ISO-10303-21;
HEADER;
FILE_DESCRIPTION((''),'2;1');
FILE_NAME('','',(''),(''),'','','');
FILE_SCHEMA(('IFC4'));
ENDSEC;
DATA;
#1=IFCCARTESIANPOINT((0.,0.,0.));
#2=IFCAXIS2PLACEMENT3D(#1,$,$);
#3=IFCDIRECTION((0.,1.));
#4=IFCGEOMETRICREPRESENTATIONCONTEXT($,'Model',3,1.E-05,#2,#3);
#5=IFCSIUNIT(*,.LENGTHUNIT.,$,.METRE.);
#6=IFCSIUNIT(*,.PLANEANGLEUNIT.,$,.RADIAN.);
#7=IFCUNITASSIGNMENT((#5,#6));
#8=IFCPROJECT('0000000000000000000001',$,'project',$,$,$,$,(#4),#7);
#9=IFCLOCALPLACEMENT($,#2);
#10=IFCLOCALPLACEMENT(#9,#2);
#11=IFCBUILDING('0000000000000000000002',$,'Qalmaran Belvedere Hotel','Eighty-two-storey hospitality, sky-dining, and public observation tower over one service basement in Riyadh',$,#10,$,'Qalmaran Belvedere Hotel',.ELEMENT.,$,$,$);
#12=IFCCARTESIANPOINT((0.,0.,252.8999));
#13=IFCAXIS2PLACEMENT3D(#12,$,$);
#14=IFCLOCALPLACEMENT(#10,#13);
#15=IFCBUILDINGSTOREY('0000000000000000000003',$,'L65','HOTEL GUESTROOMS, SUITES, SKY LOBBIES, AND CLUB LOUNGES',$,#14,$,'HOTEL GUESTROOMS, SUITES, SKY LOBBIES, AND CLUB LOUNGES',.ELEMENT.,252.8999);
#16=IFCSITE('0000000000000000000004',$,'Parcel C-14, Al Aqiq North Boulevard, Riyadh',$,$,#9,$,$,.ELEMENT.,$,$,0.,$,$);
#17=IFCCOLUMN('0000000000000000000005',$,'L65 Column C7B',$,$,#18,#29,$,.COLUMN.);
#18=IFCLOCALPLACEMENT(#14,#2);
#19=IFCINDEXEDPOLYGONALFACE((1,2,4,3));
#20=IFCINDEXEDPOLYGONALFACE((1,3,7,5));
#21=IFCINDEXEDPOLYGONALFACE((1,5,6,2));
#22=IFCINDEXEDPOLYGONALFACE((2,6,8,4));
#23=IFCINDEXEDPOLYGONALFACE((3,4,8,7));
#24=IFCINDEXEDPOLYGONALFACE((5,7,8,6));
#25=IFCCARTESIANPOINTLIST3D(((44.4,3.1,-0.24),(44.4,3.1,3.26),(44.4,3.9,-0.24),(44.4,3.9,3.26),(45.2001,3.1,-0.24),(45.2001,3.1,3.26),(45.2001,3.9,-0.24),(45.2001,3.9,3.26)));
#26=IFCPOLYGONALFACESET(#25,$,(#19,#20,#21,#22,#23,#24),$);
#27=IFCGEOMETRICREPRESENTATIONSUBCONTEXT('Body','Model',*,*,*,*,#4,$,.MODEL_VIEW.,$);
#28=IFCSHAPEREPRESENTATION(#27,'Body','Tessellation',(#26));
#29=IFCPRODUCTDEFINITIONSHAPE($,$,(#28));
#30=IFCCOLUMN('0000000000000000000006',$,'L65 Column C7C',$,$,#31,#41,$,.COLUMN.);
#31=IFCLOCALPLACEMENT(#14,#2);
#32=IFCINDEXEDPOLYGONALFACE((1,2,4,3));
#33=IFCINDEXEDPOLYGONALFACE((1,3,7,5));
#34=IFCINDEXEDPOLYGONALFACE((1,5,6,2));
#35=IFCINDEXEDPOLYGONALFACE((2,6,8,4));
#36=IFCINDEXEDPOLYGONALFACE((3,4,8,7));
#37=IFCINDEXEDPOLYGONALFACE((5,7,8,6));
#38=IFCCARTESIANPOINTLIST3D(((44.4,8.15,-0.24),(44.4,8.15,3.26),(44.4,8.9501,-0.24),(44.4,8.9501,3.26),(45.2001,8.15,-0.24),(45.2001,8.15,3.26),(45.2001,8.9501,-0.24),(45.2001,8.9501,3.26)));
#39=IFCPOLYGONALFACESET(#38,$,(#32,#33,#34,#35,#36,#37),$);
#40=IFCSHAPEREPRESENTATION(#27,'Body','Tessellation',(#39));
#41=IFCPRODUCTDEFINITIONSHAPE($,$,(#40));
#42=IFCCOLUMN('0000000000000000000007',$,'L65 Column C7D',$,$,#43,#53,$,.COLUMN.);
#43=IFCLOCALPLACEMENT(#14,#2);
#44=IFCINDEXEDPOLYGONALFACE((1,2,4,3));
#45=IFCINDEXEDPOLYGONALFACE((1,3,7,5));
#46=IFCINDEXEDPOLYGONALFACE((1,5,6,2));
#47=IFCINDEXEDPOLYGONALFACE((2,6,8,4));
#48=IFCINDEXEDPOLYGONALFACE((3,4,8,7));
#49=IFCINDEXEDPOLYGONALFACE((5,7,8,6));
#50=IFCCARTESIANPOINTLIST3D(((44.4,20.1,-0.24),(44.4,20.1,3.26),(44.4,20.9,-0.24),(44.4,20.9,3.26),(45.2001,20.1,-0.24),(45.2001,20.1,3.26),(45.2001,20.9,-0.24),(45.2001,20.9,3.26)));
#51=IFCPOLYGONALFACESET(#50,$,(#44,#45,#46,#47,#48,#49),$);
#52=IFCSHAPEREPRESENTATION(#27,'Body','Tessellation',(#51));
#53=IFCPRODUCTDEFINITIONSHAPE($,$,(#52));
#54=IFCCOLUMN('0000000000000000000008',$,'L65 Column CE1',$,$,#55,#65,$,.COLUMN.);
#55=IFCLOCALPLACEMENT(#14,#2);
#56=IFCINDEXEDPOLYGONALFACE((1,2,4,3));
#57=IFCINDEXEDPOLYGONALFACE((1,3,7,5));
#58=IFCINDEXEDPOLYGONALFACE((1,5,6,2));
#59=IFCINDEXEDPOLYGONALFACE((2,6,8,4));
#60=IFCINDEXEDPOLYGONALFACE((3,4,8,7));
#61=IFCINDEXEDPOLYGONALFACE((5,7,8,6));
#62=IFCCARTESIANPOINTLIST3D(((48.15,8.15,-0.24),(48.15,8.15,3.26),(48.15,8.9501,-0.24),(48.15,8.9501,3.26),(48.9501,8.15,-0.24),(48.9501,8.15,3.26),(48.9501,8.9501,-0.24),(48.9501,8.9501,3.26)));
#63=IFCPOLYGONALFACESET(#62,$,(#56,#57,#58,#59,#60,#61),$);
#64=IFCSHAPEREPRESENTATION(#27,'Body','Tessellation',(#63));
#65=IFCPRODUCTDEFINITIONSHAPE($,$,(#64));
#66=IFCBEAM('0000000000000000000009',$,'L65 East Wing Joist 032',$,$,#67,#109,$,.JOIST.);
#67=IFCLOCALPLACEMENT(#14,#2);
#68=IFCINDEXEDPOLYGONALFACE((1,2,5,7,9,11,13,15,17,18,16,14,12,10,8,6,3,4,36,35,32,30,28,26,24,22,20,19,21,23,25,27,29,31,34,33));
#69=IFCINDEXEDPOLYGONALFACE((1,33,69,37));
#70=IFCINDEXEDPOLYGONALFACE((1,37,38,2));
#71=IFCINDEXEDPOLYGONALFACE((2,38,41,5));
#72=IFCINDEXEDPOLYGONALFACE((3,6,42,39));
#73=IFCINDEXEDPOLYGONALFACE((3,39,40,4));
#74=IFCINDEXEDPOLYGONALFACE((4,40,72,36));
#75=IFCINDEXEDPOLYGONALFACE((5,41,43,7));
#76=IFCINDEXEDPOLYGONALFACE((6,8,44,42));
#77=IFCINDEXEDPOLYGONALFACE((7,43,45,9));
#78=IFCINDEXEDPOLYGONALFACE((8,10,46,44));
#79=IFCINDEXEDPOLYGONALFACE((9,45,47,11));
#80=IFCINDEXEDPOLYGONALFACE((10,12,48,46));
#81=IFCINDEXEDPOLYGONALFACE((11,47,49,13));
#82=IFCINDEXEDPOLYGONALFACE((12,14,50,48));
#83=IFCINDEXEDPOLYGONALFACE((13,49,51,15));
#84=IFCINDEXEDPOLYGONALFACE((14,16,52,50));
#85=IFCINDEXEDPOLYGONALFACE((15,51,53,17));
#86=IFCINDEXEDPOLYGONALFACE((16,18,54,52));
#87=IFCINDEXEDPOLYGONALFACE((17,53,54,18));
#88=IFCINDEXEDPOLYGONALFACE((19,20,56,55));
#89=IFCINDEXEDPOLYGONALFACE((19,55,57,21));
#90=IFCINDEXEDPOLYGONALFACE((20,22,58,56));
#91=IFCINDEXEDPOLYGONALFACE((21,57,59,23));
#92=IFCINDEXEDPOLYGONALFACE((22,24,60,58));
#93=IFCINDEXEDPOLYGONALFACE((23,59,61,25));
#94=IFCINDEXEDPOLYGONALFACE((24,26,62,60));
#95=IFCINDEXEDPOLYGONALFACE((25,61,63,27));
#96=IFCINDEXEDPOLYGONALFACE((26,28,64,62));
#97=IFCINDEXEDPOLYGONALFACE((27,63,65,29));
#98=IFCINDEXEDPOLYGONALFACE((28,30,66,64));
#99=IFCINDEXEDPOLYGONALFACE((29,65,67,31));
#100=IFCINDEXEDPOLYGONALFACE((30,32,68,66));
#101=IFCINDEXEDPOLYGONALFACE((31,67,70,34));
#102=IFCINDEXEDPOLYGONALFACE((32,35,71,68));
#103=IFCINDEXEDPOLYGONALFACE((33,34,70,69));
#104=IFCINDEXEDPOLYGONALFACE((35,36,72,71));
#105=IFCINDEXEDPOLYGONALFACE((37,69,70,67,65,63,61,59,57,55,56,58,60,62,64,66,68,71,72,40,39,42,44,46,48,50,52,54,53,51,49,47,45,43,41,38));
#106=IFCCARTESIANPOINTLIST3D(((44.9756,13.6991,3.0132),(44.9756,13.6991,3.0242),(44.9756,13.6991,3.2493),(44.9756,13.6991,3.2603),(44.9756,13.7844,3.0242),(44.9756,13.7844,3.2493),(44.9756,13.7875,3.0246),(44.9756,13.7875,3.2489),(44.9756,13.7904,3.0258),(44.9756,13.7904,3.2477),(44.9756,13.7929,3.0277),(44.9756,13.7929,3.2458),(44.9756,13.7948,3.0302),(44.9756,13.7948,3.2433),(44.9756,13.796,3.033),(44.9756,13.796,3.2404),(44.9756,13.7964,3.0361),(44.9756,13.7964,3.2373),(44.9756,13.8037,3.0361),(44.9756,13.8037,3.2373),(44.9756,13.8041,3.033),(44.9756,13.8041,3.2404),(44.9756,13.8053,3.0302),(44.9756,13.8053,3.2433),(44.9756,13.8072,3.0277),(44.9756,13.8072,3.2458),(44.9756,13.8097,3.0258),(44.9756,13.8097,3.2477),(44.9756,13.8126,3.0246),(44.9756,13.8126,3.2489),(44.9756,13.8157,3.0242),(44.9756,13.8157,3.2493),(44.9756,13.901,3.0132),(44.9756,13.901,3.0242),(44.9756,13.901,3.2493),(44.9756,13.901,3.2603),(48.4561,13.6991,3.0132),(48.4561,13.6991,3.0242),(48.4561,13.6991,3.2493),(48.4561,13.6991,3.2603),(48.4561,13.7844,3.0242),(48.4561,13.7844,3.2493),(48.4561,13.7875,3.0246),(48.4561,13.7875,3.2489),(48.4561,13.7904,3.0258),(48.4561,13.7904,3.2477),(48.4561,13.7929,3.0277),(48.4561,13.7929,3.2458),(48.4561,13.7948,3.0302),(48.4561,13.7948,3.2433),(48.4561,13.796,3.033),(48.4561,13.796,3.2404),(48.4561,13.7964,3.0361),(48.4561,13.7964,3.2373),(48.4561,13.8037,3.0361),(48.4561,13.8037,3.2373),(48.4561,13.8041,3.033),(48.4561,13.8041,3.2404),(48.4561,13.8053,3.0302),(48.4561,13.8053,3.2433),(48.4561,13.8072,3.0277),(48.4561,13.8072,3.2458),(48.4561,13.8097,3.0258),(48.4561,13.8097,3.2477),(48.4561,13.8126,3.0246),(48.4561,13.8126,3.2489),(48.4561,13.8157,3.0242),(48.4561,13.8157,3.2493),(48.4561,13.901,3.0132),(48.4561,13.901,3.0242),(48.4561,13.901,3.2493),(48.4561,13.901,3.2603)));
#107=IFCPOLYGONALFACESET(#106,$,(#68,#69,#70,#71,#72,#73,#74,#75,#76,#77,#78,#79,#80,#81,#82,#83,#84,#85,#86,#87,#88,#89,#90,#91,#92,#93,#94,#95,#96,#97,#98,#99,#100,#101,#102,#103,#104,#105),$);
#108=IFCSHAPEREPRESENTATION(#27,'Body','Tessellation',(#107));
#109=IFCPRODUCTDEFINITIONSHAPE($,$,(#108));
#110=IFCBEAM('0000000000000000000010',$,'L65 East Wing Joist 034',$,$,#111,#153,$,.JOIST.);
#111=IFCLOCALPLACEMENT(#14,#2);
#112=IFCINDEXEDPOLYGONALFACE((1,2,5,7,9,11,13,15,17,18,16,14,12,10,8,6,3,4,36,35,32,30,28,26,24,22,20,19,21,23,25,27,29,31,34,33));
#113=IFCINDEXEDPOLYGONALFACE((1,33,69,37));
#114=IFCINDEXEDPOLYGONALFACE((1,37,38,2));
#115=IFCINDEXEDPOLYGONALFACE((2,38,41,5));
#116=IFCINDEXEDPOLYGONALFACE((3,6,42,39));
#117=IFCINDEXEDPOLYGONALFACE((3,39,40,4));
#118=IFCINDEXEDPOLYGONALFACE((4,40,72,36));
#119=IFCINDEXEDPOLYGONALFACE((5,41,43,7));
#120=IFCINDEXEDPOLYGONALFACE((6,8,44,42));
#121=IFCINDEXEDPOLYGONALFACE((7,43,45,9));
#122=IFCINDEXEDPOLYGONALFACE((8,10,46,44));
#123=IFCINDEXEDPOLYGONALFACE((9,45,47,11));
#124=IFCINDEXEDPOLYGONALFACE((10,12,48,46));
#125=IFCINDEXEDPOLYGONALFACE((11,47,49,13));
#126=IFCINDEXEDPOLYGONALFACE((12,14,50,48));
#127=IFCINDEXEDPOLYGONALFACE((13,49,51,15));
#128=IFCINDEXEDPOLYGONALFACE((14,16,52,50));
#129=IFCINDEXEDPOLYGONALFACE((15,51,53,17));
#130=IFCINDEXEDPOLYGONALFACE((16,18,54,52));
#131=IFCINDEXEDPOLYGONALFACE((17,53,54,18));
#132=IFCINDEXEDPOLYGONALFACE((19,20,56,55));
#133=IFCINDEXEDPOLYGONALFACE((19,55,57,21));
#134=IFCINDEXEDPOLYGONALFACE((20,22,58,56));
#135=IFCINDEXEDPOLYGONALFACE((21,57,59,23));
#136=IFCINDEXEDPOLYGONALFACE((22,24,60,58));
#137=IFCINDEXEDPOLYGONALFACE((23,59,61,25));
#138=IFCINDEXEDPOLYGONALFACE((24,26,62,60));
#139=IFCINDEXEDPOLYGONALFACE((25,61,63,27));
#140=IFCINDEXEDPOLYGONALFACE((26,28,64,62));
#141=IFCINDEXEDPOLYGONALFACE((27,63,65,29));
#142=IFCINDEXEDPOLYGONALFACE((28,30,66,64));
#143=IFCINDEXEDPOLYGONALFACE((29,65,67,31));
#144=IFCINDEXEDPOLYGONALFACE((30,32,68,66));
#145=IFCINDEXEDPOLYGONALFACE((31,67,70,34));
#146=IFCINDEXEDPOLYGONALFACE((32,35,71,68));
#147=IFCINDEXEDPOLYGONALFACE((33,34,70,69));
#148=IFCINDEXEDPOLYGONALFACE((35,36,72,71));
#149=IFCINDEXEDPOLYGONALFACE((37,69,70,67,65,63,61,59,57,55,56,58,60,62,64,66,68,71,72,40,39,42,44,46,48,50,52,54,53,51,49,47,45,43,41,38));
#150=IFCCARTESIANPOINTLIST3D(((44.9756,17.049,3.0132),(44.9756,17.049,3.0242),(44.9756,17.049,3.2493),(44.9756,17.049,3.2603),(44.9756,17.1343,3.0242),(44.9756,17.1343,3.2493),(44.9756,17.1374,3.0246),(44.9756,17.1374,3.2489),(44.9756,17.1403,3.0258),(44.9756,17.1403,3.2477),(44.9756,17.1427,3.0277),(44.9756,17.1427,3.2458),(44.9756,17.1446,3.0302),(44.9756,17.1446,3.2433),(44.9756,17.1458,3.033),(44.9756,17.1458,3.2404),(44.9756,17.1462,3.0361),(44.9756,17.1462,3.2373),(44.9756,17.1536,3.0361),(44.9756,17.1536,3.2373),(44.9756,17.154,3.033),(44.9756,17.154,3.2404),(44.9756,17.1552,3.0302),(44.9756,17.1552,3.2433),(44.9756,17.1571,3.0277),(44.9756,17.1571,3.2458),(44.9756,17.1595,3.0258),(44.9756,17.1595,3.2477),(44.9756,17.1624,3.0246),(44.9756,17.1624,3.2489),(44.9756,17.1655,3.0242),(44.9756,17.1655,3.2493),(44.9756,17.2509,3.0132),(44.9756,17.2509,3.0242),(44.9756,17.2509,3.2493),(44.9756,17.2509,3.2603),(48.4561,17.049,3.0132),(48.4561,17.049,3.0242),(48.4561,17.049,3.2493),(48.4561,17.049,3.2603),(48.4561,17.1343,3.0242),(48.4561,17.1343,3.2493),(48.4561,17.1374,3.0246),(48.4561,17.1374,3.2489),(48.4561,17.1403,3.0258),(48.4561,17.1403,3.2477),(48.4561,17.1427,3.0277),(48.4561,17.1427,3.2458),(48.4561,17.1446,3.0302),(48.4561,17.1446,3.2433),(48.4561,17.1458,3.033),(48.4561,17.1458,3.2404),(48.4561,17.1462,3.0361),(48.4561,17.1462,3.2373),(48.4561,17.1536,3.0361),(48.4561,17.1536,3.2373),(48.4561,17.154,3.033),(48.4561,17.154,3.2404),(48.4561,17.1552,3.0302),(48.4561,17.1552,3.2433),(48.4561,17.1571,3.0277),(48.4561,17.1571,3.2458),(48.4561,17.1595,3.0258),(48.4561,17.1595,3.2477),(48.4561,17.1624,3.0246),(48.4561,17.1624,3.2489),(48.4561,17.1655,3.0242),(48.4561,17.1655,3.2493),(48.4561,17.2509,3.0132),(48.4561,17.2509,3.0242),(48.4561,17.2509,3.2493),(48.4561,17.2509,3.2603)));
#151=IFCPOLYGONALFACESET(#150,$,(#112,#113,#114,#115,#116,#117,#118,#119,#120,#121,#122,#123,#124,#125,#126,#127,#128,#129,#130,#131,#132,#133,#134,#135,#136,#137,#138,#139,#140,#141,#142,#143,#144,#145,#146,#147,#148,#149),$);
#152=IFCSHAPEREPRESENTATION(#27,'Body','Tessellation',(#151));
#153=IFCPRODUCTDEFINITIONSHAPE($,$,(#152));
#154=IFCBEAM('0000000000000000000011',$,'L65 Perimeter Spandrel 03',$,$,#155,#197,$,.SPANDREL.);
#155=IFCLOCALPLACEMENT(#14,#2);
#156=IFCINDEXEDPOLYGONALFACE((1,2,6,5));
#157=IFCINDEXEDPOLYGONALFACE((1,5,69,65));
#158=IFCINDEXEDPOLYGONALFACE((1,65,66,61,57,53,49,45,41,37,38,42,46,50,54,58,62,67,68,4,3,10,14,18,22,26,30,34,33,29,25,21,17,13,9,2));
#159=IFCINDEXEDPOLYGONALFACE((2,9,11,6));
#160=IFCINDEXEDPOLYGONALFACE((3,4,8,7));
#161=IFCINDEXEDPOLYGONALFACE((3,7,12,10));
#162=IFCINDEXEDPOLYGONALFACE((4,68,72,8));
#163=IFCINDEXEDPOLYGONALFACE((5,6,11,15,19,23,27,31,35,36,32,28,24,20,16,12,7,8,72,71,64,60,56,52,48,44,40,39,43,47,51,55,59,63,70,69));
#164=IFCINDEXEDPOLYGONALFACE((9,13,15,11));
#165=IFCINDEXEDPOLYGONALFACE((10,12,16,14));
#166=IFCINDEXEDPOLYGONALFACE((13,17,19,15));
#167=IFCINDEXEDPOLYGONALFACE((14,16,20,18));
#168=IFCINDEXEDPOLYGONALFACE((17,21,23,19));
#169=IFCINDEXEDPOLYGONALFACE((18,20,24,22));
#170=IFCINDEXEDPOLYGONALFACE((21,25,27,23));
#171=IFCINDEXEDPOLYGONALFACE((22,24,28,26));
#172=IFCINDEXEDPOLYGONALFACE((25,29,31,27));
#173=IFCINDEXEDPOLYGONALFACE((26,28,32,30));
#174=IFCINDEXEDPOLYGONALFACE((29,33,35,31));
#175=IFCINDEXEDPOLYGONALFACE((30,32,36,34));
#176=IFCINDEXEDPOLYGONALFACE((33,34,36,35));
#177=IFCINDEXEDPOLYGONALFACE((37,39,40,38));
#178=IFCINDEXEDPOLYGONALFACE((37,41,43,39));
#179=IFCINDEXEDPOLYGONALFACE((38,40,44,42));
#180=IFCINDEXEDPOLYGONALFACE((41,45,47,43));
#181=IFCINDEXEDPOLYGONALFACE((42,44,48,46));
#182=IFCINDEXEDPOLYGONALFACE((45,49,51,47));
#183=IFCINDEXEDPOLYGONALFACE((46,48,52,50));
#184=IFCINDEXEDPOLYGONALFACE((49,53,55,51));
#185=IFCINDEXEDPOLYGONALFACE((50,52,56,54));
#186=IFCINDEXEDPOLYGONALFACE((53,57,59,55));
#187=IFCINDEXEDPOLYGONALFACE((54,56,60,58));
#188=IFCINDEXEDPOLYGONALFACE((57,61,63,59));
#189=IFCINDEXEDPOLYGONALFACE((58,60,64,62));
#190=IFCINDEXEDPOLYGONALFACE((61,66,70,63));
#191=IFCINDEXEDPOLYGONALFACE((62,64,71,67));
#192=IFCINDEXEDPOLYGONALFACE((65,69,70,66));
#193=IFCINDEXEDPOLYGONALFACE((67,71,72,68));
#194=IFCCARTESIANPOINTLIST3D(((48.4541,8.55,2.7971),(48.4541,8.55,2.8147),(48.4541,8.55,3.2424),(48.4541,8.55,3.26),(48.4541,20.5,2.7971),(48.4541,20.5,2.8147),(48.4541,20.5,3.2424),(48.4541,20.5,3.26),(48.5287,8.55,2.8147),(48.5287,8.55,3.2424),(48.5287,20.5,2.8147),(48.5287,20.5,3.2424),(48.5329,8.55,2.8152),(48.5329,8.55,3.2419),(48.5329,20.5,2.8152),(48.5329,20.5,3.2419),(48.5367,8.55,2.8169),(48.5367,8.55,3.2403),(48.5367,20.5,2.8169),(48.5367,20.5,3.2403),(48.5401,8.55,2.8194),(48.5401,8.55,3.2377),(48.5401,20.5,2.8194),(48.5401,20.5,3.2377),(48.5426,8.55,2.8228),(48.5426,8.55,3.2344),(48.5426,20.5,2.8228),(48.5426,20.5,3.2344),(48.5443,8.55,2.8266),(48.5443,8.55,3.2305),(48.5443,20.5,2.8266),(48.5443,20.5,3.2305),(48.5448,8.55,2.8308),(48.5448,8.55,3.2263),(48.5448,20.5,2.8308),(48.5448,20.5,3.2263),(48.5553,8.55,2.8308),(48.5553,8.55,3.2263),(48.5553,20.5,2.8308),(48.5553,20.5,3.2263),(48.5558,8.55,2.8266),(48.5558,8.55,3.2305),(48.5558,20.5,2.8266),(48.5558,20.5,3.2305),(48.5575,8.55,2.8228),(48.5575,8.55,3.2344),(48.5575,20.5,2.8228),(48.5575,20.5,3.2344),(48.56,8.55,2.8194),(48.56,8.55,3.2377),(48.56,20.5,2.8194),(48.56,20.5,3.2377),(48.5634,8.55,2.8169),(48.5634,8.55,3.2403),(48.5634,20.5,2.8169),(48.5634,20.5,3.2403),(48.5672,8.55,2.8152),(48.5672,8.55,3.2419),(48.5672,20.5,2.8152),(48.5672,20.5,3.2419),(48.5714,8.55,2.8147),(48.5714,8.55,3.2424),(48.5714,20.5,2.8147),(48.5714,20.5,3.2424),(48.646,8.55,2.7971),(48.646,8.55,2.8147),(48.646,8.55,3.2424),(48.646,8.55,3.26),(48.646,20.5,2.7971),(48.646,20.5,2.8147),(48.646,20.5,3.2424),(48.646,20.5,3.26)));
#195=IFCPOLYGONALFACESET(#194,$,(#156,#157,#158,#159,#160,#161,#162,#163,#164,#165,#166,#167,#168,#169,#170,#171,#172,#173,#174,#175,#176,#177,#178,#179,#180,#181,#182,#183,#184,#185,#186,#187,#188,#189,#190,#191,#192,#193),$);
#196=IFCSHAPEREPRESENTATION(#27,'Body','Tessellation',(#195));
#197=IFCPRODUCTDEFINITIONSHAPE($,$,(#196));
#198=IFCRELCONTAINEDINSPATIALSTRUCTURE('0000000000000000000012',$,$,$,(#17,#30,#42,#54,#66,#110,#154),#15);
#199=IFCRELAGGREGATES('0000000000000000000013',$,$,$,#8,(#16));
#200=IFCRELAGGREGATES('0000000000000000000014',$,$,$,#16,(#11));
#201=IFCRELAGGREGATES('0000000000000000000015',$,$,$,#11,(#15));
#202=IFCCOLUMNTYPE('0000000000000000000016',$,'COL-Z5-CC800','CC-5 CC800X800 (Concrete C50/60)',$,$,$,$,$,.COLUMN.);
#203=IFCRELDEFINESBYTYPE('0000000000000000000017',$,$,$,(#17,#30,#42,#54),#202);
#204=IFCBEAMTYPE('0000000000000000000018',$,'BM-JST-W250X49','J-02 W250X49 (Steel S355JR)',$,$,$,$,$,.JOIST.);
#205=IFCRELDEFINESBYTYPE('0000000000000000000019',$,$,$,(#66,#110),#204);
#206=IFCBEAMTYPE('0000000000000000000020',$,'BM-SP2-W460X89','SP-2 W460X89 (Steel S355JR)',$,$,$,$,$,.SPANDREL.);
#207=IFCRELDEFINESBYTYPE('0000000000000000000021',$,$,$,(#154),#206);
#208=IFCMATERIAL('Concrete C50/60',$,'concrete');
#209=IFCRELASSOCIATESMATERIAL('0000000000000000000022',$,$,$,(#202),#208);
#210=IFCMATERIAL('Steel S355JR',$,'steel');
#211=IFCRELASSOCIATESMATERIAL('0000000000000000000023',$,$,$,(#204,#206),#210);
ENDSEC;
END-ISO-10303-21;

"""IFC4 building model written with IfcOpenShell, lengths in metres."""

from ifc_helpers import new_model, si_unit, direction, frame, origin, origin_2d, place, context, subcontext, project, spatial, rectangle, i_section, extrude, material, material_profile, profile_set, type_object, element, save


model = new_model("IFC4")

# Units and contexts
model_context = context("Model", 3, precision=1e-05, world=origin(), true_north=direction((0.0, 1.0)))
body_context = subcontext(model_context, "Body", "Model", "MODEL_VIEW")
ifc_project = project(units=[si_unit("LENGTHUNIT", "METRE"), si_unit("PLANEANGLEUNIT", "RADIAN")], contexts=[model_context])

# Site, building, storey
site_placement = place(None, origin())
site = spatial("IfcSite", under=ifc_project, at=site_placement, Name="Parcel C-14, Al Aqiq North Boulevard, Riyadh", CompositionType="ELEMENT", RefElevation=0.0)
building_placement = place(site_placement, origin())
building = spatial("IfcBuilding", under=site, at=building_placement, Name="Qalmaran Belvedere Hotel", Description="Eighty-two-storey hospitality, sky-dining, and public observation tower over one service basement in Riyadh", LongName="Qalmaran Belvedere Hotel", CompositionType="ELEMENT")
storey_placement = place(building_placement, frame((0.0, 0.0, 252.8999)))
storey = spatial("IfcBuildingStorey", under=building, at=storey_placement, Name="L65", Description="HOTEL GUESTROOMS, SUITES, SKY LOBBIES, AND CLUB LOUNGES", LongName="HOTEL GUESTROOMS, SUITES, SKY LOBBIES, AND CLUB LOUNGES", CompositionType="ELEMENT", Elevation=252.8999)

# Columns
ifc_material_1 = material(Name="Concrete C50/60", Category="concrete")
ifc_material_profile_1 = material_profile(ifc_material_1, rectangle(XDim=0.8, YDim=0.8, at=origin_2d()), Name="CC800X800")
ifc_profile_set_1 = profile_set([ifc_material_profile_1], Name="Concrete C50/60")
column_type = type_object("IfcColumnType", Name="COL-Z5-CC800", Description="CC-5 CC800X800 (Concrete C50/60)", PredefinedType="COLUMN", material=ifc_profile_set_1)
for number, where, z_axis, x_axis, name in (
    (1, (44.8, 3.5, -0.24), (0.0, 0.0, 1.0), (1.0, 0.0, 0.0), "L65 Column C7B"),
    (2, (44.8, 8.55, -0.24), (0.0, 0.0, 1.0), (1.0, 0.0, 0.0), "L65 Column C7C"),
    (3, (44.8, 20.5, -0.24), (0.0, 0.0, 1.0), (1.0, 0.0, 0.0), "L65 Column C7D"),
    (4, (48.55, 8.55, -0.24), (0.0, 0.0, 1.0), (1.0, 0.0, 0.0), "L65 Column CE1"),
):
    element("IfcColumn", number, at=place(storey_placement, frame(where, z_axis=z_axis, x_axis=x_axis)), inside=storey, type_object=column_type, Name=name, PredefinedType="COLUMN", context=body_context, shape_type="SweptSolid", body=[
        extrude(rectangle(XDim=0.8, YDim=0.8, at=origin_2d()), origin(), (0.0, 0.0, 1.0), 3.5),
    ])

# Beams
ifc_material_2 = material(Name="Steel S355JR", Category="steel")
ifc_material_profile_2 = material_profile(ifc_material_2, i_section(OverallWidth=0.2019, OverallDepth=0.2471, WebThickness=0.0073, FlangeThickness=0.011, FilletRadius=0.012, at=origin_2d()), Name="W250X49")
ifc_profile_set_2 = profile_set([ifc_material_profile_2], Name="Steel S355JR")
beam_type_1 = type_object("IfcBeamType", Name="BM-JST-W250X49", Description="J-02 W250X49 (Steel S355JR)", PredefinedType="JOIST", material=ifc_profile_set_2)
for number, where, z_axis, x_axis, name in (
    (5, (44.9756, 13.8, 3.1367), (1.0, 0.0, 0.0), (0.0, 1.0, 0.0), "L65 East Wing Joist 032"),
    (6, (44.9756, 17.1499, 3.1367), (1.0, 0.0, 0.0), (0.0, 1.0, 0.0), "L65 East Wing Joist 034"),
):
    element("IfcBeam", number, at=place(storey_placement, frame(where, z_axis=z_axis, x_axis=x_axis)), inside=storey, type_object=beam_type_1, Name=name, PredefinedType="JOIST", context=body_context, shape_type="SweptSolid", body=[
        extrude(i_section(OverallWidth=0.2019, OverallDepth=0.2471, WebThickness=0.0073, FlangeThickness=0.011, FilletRadius=0.012, at=origin_2d()), origin(), (0.0, 0.0, 1.0), 3.4805),
    ])
ifc_material_profile_3 = material_profile(ifc_material_2, i_section(OverallWidth=0.1919, OverallDepth=0.4629, WebThickness=0.0105, FlangeThickness=0.0176, FilletRadius=0.0161, at=origin_2d()), Name="W460X89")
ifc_profile_set_3 = profile_set([ifc_material_profile_3], Name="Steel S355JR")
beam_type_2 = type_object("IfcBeamType", Name="BM-SP2-W460X89", Description="SP-2 W460X89 (Steel S355JR)", PredefinedType="SPANDREL", material=ifc_profile_set_3)
beam_1_placement = place(storey_placement, frame((48.55, 8.55, 3.0286), z_axis=(0.0, 1.0, 0.0), x_axis=(-1.0, 0.0, 0.0)))
element("IfcBeam", 7, at=beam_1_placement, inside=storey, type_object=beam_type_2, Name="L65 Perimeter Spandrel 03", PredefinedType="SPANDREL", context=body_context, shape_type="SweptSolid", body=[
    extrude(i_section(OverallWidth=0.1919, OverallDepth=0.4629, WebThickness=0.0105, FlangeThickness=0.0176, FilletRadius=0.0161, at=origin_2d()), origin(), (0.0, 0.0, 1.0), 11.95),
])

save(model, "model.ifc")
